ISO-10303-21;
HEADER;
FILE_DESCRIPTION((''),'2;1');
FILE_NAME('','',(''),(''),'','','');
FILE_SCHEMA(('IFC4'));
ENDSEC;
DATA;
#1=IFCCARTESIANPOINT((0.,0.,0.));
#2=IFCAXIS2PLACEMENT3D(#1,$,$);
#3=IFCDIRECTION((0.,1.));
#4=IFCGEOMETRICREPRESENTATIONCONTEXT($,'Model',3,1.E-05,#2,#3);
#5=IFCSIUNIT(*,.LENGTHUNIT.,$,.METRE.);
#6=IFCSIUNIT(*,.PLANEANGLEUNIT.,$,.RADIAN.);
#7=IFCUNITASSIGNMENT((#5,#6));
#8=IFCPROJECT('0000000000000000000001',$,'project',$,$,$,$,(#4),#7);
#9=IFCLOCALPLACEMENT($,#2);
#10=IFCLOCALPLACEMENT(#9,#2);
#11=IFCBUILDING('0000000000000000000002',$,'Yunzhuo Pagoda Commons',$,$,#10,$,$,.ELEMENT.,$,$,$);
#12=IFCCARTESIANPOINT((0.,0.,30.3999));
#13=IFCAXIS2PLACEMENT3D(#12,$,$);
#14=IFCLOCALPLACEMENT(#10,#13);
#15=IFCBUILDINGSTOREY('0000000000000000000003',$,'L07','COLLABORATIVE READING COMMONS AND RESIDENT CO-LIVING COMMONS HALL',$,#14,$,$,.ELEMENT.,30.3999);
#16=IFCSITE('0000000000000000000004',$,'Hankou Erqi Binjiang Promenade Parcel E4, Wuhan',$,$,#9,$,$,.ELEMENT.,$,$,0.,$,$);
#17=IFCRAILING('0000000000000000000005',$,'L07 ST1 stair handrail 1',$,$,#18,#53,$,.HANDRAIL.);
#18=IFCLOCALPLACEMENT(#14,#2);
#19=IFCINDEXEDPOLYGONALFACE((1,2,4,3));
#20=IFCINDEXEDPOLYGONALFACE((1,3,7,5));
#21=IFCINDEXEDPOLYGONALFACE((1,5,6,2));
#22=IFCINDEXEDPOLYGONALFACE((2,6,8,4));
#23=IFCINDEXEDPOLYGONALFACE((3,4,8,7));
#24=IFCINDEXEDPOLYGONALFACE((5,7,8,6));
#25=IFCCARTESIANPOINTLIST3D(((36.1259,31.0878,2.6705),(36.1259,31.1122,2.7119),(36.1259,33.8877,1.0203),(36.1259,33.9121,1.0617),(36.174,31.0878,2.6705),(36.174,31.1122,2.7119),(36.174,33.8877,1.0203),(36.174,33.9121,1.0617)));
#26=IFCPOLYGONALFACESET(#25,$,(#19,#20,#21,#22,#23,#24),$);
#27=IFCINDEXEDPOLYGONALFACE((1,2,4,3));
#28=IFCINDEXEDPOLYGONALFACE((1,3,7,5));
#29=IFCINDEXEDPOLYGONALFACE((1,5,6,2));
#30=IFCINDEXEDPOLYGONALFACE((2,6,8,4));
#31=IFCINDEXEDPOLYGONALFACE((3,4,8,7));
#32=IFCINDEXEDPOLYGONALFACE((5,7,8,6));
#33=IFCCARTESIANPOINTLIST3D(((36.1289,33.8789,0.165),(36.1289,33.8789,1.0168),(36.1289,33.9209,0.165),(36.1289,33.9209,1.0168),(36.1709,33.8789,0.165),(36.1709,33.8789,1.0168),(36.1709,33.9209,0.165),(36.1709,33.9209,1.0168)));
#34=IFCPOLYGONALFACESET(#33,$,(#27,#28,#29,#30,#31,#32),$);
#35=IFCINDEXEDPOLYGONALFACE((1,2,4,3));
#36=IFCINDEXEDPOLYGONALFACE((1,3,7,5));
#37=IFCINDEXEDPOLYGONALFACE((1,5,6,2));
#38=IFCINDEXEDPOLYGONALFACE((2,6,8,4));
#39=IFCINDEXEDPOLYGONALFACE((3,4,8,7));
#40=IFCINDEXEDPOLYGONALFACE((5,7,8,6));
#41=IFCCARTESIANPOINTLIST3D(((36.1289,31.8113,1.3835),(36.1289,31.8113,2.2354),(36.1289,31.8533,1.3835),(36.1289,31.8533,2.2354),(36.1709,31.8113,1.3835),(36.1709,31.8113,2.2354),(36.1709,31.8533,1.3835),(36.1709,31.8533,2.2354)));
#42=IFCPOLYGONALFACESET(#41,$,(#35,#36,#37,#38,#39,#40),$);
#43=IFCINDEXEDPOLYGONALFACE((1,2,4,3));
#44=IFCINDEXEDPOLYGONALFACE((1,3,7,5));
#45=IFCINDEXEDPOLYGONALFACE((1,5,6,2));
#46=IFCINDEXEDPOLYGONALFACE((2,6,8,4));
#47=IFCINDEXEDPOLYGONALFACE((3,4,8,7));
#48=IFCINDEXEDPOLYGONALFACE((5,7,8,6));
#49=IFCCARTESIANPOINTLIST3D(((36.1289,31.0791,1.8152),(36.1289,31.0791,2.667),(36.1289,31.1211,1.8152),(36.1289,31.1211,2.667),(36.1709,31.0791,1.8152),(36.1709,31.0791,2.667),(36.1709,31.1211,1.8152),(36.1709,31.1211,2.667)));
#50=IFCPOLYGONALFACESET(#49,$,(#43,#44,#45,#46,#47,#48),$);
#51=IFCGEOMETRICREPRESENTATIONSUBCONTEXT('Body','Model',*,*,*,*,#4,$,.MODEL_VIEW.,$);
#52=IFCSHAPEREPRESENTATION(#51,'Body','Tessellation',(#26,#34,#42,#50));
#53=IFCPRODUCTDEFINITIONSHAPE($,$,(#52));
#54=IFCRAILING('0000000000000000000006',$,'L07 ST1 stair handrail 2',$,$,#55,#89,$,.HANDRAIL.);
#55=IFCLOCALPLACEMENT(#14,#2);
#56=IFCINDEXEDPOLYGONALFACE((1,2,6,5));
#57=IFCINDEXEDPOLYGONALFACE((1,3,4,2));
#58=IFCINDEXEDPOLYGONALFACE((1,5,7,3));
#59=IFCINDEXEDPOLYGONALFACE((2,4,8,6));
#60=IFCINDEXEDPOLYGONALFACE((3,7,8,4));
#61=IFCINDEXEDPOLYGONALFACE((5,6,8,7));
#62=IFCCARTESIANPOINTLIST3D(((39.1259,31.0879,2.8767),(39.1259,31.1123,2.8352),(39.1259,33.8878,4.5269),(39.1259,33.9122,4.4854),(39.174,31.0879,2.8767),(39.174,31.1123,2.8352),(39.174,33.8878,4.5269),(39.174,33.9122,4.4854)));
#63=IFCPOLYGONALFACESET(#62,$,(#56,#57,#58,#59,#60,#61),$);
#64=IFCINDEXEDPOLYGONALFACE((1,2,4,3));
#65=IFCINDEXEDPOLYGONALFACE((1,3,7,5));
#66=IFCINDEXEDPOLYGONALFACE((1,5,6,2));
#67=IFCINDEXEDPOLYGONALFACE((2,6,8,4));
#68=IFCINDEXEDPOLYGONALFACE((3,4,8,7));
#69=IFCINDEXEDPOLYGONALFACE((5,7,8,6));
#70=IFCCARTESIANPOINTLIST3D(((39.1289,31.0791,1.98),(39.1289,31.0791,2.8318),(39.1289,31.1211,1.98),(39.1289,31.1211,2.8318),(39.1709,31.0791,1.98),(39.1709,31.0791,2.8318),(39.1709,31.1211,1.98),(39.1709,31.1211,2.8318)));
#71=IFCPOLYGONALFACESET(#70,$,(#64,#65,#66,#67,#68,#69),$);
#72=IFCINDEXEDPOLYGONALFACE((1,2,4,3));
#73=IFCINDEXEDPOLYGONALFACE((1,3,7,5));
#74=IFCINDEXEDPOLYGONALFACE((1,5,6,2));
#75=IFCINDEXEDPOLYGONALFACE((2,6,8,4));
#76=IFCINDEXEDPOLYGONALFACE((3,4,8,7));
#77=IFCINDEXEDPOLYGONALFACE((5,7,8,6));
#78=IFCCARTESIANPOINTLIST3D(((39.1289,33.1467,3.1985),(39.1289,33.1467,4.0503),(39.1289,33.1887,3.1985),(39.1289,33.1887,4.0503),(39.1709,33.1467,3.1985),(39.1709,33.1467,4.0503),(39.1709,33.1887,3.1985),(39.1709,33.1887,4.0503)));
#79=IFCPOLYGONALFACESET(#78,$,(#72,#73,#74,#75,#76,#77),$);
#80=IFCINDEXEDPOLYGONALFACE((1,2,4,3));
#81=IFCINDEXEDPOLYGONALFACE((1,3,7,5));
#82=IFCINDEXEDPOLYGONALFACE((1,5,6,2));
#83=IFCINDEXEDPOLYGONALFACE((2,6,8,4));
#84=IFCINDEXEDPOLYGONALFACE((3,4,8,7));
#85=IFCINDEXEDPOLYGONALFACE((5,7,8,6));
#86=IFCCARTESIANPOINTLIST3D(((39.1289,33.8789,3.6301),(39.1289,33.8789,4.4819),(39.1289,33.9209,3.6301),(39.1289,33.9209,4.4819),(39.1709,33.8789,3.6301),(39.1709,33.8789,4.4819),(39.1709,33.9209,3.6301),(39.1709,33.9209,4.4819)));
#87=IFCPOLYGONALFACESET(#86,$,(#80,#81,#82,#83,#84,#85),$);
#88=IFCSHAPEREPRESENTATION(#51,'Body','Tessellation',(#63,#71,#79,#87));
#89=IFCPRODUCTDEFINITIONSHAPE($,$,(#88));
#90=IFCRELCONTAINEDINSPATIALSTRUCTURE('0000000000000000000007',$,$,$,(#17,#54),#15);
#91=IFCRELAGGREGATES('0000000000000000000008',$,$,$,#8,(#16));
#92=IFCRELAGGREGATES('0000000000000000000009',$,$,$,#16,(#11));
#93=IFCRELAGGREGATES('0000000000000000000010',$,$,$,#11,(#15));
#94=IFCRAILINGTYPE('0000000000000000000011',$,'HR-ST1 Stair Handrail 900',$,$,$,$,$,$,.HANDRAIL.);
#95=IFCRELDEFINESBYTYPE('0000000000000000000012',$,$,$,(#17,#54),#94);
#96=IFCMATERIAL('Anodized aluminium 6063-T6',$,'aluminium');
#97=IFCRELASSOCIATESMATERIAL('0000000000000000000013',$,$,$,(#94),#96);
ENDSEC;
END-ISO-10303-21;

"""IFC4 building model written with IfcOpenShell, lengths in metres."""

from ifc_helpers import new_model, si_unit, direction, frame, origin, origin_2d, place, context, subcontext, project, spatial, rectangle, extrude, material, type_object, element, save


model = new_model("IFC4")

# Units and contexts
model_context = context("Model", 3, precision=1e-05, world=origin(), true_north=direction((0.0, 1.0)))
body_context = subcontext(model_context, "Body", "Model", "MODEL_VIEW")
ifc_project = project(units=[si_unit("LENGTHUNIT", "METRE"), si_unit("PLANEANGLEUNIT", "RADIAN")], contexts=[model_context])

# Site, building, storey
site_placement = place(None, origin())
site = spatial("IfcSite", under=ifc_project, at=site_placement, Name="Hankou Erqi Binjiang Promenade Parcel E4, Wuhan", CompositionType="ELEMENT", RefElevation=0.0)
building_placement = place(site_placement, origin())
building = spatial("IfcBuilding", under=site, at=building_placement, Name="Yunzhuo Pagoda Commons", CompositionType="ELEMENT")
storey_placement = place(building_placement, frame((0.0, 0.0, 30.3999)))
storey = spatial("IfcBuildingStorey", under=building, at=storey_placement, Name="L07", Description="COLLABORATIVE READING COMMONS AND RESIDENT CO-LIVING COMMONS HALL", CompositionType="ELEMENT", Elevation=30.3999)

# Railings
ifc_material_1 = material(Name="Anodized aluminium 6063-T6", Category="aluminium")
railing_type_1 = type_object("IfcRailingType", Name="HR-ST1 Stair Handrail 900", PredefinedType="HANDRAIL", material=ifc_material_1)
railing_1_placement = place(storey_placement, frame((36.1499, 33.8999, 0.165)))
element("IfcRailing", 1, at=railing_1_placement, inside=storey, type_object=railing_type_1, Name="L07 ST1 stair handrail 1", PredefinedType="HANDRAIL", context=body_context, shape_type="SweptSolid", body=[
    extrude(rectangle(XDim=0.0481, YDim=0.0481, at=origin_2d()), frame((0.0, 0.0, 0.876), z_axis=(0.0, -0.861503, 0.507752), x_axis=(1.0, 0.0, 0.0)), (0.0, 0.0, 1.0), 3.25),
    extrude(rectangle(XDim=0.042, YDim=0.042, at=origin_2d()), origin(), (0.0, 0.0, 1.0), 0.8518),
    extrude(rectangle(XDim=0.042, YDim=0.042, at=origin_2d()), frame((0.0, -2.0676, 1.2185)), (0.0, 0.0, 1.0), 0.8518),
    extrude(rectangle(XDim=0.042, YDim=0.042, at=origin_2d()), frame((0.0, -2.7998, 1.6501)), (0.0, 0.0, 1.0), 0.8518),
])
railing_2_placement = place(storey_placement, frame((39.1499, 31.1001, 1.98)))
element("IfcRailing", 2, at=railing_2_placement, inside=storey, type_object=railing_type_1, Name="L07 ST1 stair handrail 2", PredefinedType="HANDRAIL", context=body_context, shape_type="SweptSolid", body=[
    extrude(rectangle(XDim=0.0481, YDim=0.0481, at=origin_2d()), frame((0.0, 0.0, 0.876), z_axis=(0.0, 0.861503, 0.507752), x_axis=(-1.0, 0.0, 0.0)), (0.0, 0.0, 1.0), 3.25),
    extrude(rectangle(XDim=0.042, YDim=0.042, at=origin_2d()), origin(), (0.0, 0.0, 1.0), 0.8518),
    extrude(rectangle(XDim=0.042, YDim=0.042, at=origin_2d()), frame((0.0, 2.0676, 1.2185)), (0.0, 0.0, 1.0), 0.8518),
    extrude(rectangle(XDim=0.042, YDim=0.042, at=origin_2d()), frame((0.0, 2.7998, 1.6501)), (0.0, 0.0, 1.0), 0.8518),
])

save(model, "model.ifc")
